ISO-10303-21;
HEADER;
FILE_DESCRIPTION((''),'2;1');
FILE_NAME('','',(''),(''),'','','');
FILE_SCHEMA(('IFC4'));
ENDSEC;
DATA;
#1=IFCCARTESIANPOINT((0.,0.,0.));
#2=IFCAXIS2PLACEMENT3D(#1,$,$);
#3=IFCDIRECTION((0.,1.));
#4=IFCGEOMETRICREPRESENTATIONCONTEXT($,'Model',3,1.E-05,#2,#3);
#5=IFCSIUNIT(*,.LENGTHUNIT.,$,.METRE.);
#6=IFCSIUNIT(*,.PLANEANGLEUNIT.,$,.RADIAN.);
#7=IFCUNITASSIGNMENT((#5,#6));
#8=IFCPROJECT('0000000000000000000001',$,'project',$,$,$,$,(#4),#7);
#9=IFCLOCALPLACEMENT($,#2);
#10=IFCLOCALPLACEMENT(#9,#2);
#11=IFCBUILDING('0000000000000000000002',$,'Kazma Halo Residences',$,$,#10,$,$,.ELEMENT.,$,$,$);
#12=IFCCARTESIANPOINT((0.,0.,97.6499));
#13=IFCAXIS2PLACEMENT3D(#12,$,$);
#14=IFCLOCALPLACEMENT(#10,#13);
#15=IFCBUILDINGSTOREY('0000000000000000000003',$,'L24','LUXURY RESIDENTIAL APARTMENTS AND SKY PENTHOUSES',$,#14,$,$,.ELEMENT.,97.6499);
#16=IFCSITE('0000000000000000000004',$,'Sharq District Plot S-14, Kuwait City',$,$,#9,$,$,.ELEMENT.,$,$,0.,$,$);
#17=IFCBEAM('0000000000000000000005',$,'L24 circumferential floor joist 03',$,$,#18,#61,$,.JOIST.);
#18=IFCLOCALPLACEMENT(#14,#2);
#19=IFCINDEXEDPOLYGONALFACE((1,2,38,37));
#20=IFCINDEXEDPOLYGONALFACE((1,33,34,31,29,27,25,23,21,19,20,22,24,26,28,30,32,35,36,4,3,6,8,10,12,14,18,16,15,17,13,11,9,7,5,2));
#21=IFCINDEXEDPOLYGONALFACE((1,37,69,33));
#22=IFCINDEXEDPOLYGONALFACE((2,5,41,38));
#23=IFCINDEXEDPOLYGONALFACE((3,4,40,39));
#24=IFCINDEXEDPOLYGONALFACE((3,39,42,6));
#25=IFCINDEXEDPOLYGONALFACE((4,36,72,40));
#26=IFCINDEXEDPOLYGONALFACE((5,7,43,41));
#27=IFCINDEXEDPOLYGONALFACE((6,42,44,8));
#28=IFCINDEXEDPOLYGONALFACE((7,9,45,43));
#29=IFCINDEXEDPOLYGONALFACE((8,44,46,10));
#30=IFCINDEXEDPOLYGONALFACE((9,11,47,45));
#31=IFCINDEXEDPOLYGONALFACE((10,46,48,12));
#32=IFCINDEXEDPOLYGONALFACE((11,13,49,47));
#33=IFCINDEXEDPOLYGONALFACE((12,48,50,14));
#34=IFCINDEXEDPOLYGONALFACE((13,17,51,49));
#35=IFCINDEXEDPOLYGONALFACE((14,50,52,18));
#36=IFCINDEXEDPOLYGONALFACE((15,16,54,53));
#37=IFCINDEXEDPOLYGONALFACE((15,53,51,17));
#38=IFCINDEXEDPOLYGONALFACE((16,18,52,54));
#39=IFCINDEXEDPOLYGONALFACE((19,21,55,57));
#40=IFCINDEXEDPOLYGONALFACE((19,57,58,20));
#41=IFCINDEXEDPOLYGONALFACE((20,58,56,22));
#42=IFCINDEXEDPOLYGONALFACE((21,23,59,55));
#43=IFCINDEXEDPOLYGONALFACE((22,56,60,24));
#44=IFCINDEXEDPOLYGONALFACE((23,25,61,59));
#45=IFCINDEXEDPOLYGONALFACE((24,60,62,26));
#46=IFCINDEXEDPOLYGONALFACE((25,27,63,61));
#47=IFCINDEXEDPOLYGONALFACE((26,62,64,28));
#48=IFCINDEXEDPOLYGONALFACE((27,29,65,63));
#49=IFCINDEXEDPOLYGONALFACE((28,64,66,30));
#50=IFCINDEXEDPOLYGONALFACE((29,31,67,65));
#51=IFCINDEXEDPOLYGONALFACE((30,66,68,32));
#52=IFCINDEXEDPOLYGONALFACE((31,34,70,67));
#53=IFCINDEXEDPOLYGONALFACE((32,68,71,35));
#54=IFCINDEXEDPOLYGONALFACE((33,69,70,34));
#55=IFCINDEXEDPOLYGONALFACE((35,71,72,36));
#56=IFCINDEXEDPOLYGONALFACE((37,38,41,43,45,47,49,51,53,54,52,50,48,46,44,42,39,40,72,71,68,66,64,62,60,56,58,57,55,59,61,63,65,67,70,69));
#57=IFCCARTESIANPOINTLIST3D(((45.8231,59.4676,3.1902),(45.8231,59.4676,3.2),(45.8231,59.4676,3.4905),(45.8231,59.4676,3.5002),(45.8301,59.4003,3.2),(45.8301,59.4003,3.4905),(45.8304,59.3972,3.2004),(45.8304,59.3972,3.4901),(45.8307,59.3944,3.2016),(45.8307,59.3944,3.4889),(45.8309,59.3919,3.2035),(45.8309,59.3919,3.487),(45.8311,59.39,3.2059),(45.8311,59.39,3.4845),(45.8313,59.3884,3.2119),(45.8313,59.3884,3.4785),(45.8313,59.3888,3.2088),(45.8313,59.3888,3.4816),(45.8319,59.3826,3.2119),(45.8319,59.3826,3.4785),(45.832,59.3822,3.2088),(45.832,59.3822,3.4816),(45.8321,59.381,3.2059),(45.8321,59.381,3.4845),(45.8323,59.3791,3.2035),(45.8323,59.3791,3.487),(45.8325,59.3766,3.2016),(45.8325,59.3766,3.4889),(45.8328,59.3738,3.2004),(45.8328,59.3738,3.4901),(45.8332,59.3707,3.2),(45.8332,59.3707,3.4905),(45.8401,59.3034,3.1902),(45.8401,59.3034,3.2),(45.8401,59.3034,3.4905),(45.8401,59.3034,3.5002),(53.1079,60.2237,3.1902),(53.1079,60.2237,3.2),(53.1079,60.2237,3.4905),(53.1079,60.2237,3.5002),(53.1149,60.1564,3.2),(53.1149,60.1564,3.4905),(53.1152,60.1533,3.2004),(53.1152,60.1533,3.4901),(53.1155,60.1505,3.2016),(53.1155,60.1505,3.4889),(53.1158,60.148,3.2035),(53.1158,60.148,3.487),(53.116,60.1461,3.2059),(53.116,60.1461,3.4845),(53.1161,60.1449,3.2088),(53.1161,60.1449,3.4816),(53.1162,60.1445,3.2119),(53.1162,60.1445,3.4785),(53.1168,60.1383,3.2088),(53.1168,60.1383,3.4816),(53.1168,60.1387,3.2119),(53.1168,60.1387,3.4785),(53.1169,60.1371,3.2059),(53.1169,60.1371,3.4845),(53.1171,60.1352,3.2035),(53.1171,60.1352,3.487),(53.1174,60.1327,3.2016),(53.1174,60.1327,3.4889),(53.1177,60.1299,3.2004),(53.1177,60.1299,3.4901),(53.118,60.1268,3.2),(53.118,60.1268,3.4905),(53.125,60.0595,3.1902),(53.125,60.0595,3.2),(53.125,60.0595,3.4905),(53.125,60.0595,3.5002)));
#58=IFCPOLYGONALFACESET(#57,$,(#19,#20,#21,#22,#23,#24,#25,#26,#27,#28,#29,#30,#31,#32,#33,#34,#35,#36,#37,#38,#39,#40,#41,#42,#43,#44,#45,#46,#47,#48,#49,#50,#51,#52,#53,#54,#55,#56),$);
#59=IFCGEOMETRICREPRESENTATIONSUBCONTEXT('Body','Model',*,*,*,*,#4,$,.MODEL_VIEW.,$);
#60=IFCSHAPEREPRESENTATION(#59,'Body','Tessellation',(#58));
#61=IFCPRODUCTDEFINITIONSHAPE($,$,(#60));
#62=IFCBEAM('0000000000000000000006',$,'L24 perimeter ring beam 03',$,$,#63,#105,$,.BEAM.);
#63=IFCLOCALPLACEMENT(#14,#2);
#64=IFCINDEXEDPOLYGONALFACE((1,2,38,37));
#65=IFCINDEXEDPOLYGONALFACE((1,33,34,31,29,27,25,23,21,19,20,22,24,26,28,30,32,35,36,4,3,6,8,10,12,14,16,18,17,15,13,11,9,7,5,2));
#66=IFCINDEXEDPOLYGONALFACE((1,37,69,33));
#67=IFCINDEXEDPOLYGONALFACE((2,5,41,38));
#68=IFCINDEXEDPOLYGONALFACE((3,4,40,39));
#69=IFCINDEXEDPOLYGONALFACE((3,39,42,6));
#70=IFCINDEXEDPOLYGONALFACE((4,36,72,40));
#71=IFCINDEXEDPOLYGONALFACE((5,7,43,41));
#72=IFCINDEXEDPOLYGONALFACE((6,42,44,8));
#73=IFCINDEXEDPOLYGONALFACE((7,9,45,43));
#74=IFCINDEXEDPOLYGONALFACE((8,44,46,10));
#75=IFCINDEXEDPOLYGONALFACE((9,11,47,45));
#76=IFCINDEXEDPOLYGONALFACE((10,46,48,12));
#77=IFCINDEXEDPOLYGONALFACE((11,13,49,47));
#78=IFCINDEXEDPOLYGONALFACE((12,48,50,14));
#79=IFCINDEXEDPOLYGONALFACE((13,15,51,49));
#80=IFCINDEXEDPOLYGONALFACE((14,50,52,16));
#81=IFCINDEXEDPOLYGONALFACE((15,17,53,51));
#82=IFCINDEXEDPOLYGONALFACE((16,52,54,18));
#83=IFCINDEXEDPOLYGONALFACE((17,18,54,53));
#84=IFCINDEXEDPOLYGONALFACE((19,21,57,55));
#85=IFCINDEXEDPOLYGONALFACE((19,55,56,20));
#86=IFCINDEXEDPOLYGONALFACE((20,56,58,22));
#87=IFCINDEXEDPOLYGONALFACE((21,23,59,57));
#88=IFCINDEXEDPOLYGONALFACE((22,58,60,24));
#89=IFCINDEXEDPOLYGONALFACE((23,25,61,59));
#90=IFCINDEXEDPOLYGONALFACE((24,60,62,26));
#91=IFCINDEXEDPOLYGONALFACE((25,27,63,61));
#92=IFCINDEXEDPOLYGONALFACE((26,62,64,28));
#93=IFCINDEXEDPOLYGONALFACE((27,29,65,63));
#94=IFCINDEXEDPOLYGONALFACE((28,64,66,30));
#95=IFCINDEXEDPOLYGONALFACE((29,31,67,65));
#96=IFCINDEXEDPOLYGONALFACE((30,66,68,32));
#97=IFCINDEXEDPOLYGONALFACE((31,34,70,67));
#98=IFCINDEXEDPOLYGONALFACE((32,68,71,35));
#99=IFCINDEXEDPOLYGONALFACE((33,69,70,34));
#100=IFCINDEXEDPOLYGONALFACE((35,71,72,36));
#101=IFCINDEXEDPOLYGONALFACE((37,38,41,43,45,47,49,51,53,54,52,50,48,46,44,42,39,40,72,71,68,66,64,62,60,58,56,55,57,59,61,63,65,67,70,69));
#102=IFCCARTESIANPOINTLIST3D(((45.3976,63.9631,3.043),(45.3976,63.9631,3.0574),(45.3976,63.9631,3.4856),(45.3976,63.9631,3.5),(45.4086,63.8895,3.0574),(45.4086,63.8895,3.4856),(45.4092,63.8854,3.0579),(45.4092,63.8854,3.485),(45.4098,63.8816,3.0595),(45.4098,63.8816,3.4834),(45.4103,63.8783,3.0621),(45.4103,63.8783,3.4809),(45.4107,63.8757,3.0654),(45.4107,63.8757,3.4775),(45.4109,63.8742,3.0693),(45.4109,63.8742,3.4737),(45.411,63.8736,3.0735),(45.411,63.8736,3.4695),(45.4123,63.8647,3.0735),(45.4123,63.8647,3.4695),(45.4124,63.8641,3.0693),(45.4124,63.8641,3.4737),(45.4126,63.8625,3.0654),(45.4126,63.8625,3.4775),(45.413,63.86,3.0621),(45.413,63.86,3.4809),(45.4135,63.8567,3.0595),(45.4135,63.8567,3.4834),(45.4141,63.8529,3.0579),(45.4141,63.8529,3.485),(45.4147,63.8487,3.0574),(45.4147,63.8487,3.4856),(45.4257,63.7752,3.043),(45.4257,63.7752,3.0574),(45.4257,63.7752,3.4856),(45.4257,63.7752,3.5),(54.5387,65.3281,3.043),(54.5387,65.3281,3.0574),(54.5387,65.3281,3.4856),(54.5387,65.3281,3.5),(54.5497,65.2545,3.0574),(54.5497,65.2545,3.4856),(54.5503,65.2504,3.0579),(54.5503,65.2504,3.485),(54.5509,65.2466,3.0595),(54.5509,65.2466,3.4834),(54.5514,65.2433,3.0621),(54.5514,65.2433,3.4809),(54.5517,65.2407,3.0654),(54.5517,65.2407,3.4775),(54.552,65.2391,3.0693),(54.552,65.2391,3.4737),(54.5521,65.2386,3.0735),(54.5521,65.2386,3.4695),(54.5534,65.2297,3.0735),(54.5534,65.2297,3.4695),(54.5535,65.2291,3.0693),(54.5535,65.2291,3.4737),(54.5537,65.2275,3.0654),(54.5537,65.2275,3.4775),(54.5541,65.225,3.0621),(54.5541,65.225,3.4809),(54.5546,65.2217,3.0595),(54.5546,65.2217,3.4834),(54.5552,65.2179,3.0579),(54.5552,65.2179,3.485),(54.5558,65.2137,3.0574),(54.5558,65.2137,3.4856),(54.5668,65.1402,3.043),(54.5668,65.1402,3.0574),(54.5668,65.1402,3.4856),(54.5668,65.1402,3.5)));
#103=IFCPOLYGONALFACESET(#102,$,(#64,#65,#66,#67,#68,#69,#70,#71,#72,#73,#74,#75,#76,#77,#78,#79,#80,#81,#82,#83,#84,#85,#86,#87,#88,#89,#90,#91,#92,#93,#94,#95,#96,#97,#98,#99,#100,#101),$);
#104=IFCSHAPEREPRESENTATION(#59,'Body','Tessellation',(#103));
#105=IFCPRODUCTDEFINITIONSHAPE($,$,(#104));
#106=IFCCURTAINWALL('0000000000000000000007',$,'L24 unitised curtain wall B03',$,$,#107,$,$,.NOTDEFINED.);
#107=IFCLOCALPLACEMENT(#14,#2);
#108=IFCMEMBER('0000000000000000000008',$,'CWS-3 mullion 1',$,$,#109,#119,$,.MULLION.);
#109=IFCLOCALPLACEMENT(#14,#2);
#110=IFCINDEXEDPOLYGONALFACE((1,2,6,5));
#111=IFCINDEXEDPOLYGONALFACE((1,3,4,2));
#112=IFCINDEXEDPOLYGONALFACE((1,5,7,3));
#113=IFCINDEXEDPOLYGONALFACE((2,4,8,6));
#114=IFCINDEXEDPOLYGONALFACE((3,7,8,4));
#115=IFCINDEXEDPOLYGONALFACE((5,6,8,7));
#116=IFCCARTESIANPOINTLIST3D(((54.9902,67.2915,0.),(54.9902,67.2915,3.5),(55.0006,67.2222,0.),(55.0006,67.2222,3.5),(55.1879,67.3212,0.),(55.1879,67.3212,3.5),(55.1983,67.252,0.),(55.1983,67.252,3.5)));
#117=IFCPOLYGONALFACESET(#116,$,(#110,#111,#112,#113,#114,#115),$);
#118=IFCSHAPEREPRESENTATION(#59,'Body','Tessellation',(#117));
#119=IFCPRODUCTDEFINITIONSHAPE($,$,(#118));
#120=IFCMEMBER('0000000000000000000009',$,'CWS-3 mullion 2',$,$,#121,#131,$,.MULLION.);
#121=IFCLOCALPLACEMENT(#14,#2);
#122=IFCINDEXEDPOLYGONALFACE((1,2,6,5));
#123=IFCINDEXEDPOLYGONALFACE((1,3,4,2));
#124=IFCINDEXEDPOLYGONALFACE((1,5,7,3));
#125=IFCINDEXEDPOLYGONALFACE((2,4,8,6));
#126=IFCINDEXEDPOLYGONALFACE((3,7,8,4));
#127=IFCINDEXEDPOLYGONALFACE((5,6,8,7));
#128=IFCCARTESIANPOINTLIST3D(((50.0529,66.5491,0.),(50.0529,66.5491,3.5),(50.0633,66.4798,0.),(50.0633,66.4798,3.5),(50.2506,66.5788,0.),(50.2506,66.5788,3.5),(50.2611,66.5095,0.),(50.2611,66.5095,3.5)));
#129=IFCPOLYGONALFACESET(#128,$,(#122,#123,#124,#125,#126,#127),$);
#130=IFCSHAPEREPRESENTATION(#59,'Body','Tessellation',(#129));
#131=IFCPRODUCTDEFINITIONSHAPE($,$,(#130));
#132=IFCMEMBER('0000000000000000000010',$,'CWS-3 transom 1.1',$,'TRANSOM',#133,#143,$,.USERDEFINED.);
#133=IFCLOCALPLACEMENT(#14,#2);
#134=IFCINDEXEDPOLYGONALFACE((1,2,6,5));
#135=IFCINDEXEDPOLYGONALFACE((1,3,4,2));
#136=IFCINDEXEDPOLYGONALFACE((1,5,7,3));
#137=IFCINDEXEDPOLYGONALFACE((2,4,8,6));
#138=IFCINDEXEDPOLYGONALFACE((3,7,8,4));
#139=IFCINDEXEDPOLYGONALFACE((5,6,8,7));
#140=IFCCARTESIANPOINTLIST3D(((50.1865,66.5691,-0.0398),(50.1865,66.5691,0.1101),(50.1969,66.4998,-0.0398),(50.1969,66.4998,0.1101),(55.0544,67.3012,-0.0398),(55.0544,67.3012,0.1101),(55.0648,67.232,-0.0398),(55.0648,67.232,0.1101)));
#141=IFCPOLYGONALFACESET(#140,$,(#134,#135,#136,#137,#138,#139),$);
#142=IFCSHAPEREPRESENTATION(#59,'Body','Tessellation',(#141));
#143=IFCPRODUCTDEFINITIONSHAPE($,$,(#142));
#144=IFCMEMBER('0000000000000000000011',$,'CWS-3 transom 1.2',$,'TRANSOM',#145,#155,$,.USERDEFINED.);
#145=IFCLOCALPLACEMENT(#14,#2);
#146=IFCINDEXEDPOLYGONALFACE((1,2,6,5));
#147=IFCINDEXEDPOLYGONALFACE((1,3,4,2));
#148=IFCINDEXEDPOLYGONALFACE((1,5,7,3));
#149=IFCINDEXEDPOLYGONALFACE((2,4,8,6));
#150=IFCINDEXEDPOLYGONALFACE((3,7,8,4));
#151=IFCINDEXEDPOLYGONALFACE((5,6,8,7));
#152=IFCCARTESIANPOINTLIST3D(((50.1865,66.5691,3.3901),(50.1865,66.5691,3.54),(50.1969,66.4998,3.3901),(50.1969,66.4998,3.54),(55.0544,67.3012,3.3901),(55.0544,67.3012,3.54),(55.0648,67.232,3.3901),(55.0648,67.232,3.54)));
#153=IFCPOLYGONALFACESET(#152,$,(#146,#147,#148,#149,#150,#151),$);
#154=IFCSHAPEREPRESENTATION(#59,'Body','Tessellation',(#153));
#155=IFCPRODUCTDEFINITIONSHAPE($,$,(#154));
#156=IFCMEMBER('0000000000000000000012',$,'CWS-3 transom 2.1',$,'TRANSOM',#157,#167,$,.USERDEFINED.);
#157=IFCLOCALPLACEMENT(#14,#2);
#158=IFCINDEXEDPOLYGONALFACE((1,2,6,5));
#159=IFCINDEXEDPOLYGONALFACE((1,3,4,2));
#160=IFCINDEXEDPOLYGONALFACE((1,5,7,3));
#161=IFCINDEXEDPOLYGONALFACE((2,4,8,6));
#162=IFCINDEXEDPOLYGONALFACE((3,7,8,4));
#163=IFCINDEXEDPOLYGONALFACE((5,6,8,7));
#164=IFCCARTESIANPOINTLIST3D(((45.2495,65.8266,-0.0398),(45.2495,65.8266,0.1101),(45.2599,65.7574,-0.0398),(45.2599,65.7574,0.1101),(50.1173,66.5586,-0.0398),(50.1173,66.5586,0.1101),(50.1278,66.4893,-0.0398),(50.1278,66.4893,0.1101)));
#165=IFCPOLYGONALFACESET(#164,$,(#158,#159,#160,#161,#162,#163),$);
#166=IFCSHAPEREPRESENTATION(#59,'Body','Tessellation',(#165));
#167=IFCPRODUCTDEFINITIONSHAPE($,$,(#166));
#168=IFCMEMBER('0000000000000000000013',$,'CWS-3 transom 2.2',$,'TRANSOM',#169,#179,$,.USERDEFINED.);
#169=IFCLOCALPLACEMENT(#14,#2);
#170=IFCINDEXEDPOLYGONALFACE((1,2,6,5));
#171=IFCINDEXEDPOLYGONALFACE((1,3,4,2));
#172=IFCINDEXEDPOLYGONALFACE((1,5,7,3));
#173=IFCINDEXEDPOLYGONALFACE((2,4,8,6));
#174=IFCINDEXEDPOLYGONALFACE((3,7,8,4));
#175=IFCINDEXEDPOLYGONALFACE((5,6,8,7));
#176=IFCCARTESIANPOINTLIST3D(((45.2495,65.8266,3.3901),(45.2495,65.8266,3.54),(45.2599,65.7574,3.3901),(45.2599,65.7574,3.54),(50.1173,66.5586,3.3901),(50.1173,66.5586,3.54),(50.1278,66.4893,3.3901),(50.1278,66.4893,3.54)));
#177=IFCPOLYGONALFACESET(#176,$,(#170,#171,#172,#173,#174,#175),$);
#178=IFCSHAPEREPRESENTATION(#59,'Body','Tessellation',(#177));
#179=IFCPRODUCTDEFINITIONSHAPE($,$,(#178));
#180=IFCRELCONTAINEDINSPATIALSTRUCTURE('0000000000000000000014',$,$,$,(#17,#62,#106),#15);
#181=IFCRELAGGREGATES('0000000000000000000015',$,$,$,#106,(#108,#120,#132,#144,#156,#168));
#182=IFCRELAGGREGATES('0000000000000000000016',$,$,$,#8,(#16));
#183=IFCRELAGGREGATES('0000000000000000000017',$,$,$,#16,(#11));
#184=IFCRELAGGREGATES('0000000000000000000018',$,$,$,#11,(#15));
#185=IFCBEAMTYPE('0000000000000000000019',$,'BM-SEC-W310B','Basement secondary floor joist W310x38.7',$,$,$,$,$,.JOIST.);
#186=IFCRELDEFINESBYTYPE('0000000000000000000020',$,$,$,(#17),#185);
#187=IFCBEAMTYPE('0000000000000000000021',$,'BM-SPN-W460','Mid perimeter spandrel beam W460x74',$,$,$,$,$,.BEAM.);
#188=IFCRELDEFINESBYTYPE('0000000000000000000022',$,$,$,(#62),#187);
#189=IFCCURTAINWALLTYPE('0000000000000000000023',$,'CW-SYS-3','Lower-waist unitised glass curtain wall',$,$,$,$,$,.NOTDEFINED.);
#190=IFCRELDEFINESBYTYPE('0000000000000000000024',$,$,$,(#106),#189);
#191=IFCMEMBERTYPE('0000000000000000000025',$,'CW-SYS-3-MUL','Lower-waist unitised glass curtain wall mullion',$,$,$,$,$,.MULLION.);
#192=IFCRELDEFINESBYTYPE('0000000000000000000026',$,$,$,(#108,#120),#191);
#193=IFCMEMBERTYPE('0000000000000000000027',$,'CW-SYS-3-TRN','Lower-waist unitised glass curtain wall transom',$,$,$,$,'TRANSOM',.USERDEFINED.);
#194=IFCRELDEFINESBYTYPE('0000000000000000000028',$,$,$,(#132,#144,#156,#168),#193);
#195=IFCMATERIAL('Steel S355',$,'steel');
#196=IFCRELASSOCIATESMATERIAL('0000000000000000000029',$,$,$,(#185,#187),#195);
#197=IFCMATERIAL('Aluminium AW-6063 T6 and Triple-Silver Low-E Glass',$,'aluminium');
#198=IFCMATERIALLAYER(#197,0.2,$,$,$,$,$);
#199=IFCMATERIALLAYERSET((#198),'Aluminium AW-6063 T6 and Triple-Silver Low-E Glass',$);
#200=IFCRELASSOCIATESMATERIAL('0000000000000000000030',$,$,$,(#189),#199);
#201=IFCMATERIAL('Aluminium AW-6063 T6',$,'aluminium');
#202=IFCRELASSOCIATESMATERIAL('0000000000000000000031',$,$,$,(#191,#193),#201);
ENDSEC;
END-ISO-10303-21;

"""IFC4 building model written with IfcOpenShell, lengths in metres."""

from ifc_helpers import new_model, si_unit, direction, frame, origin, origin_2d, place, context, subcontext, project, spatial, rectangle, i_section, extrude, material, layer, layer_set, material_profile, profile_set, type_object, element, aggregate, save


model = new_model("IFC4")

# Units and contexts
model_context = context("Model", 3, precision=1e-05, world=origin(), true_north=direction((0.0, 1.0)))
body_context = subcontext(model_context, "Body", "Model", "MODEL_VIEW")
ifc_project = project(units=[si_unit("LENGTHUNIT", "METRE"), si_unit("PLANEANGLEUNIT", "RADIAN")], contexts=[model_context])

# Site, building, storey
site_placement = place(None, origin())
site = spatial("IfcSite", under=ifc_project, at=site_placement, Name="Sharq District Plot S-14, Kuwait City", CompositionType="ELEMENT", RefElevation=0.0)
building_placement = place(site_placement, origin())
building = spatial("IfcBuilding", under=site, at=building_placement, Name="Kazma Halo Residences", CompositionType="ELEMENT")
storey_placement = place(building_placement, frame((0.0, 0.0, 97.6499)))
storey = spatial("IfcBuildingStorey", under=building, at=storey_placement, Name="L24", Description="LUXURY RESIDENTIAL APARTMENTS AND SKY PENTHOUSES", CompositionType="ELEMENT", Elevation=97.6499)

# Beams
ifc_material_1 = material(Name="Steel S355", Category="steel")
ifc_material_profile_1 = material_profile(ifc_material_1, i_section(OverallWidth=0.165, OverallDepth=0.3101, WebThickness=0.0059, FlangeThickness=0.0098, FilletRadius=0.012, at=origin_2d()), Name="W310x38.7")
ifc_profile_set_1 = profile_set([ifc_material_profile_1], Name="Steel S355")
beam_type_1 = type_object("IfcBeamType", Name="BM-SEC-W310B", Description="Basement secondary floor joist W310x38.7", PredefinedType="JOIST", material=ifc_profile_set_1)
beam_1_placement = place(storey_placement, frame((53.1165, 60.1416, 3.3452), z_axis=(-0.994657, -0.103236, 0.0), x_axis=(0.103236, -0.994657, 0.0)))
element("IfcBeam", 1, at=beam_1_placement, inside=storey, type_object=beam_type_1, Name="L24 circumferential floor joist 03", PredefinedType="JOIST", context=body_context, shape_type="SweptSolid", body=[
    extrude(i_section(OverallWidth=0.165, OverallDepth=0.3101, WebThickness=0.0059, FlangeThickness=0.0098, FilletRadius=0.012, at=origin_2d()), origin(), (0.0, 0.0, 1.0), 7.324),
])
ifc_material_profile_2 = material_profile(ifc_material_1, i_section(OverallWidth=0.1899, OverallDepth=0.457, WebThickness=0.009, FlangeThickness=0.0144, FilletRadius=0.0161, at=origin_2d()), Name="W460x74")
ifc_profile_set_2 = profile_set([ifc_material_profile_2], Name="Steel S355")
beam_type_2 = type_object("IfcBeamType", Name="BM-SPN-W460", Description="Mid perimeter spandrel beam W460x74", PredefinedType="BEAM", material=ifc_profile_set_2)
beam_2_placement = place(storey_placement, frame((54.5527, 65.2341, 3.2715), z_axis=(-0.989034, -0.147687, 0.0), x_axis=(0.147687, -0.989034, 0.0)))
element("IfcBeam", 2, at=beam_2_placement, inside=storey, type_object=beam_type_2, Name="L24 perimeter ring beam 03", PredefinedType="BEAM", context=body_context, shape_type="SweptSolid", body=[
    extrude(i_section(OverallWidth=0.1899, OverallDepth=0.457, WebThickness=0.009, FlangeThickness=0.0144, FilletRadius=0.0161, at=origin_2d()), origin(), (0.0, 0.0, 1.0), 9.2424),
])

# Curtain wall, members
ifc_material_2 = material(Name="Aluminium AW-6063 T6 and Triple-Silver Low-E Glass", Category="aluminium")
ifc_layer_1 = layer(ifc_material_2, 0.2)
ifc_layer_set_1 = layer_set([ifc_layer_1], Name="Aluminium AW-6063 T6 and Triple-Silver Low-E Glass")
curtain_wall_type = type_object("IfcCurtainWallType", Name="CW-SYS-3", Description="Lower-waist unitised glass curtain wall", PredefinedType="NOTDEFINED", material=ifc_layer_set_1)
curtain_wall_placement = place(storey_placement, origin())
curtain_wall = element("IfcCurtainWall", 3, at=curtain_wall_placement, inside=storey, type_object=curtain_wall_type, Name="L24 unitised curtain wall B03", PredefinedType="NOTDEFINED")
ifc_material_3 = material(Name="Aluminium AW-6063 T6", Category="aluminium")
ifc_material_profile_3 = material_profile(ifc_material_3, rectangle(XDim=0.0701, YDim=0.2, at=origin_2d()), Name="CWM-70x200")
ifc_profile_set_3 = profile_set([ifc_material_profile_3], Name="Aluminium AW-6063 T6")
member_type_1 = type_object("IfcMemberType", Name="CW-SYS-3-MUL", Description="Lower-waist unitised glass curtain wall mullion", PredefinedType="MULLION", material=ifc_profile_set_3)
member_1_placement = place(storey_placement, frame((55.0942, 67.2717, 0.0), z_axis=(0.0, 0.0, 1.0), x_axis=(0.148717, -0.98888, 0.0)))
member_1 = element("IfcMember", 4, at=member_1_placement, type_object=member_type_1, Name="CWS-3 mullion 1", PredefinedType="MULLION", context=body_context, shape_type="SweptSolid", body=[
    extrude(rectangle(XDim=0.0701, YDim=0.2, at=origin_2d()), origin(), (0.0, 0.0, 1.0), 3.5),
])
member_2_placement = place(storey_placement, frame((50.157, 66.5293, 0.0), z_axis=(0.0, 0.0, 1.0), x_axis=(0.148717, -0.98888, 0.0)))
member_2 = element("IfcMember", 5, at=member_2_placement, type_object=member_type_1, Name="CWS-3 mullion 2", PredefinedType="MULLION", context=body_context, shape_type="SweptSolid", body=[
    extrude(rectangle(XDim=0.0701, YDim=0.2, at=origin_2d()), origin(), (0.0, 0.0, 1.0), 3.5),
])
ifc_material_profile_4 = material_profile(ifc_material_3, rectangle(XDim=0.0701, YDim=0.1499, at=origin_2d()), Name="CWT-70x150")
ifc_profile_set_4 = profile_set([ifc_material_profile_4], Name="Aluminium AW-6063 T6")
member_type_2 = type_object("IfcMemberType", Name="CW-SYS-3-TRN", Description="Lower-waist unitised glass curtain wall transom", ElementType="TRANSOM", PredefinedType="USERDEFINED", material=ifc_profile_set_4)
member_3_placement = place(storey_placement, frame((55.0596, 67.2666, 0.0352), z_axis=(-0.988877, -0.148736, 0.0), x_axis=(0.148736, -0.988877, 0.0)))
member_3 = element("IfcMember", 6, at=member_3_placement, type_object=member_type_2, Name="CWS-3 transom 1.1", ObjectType="TRANSOM", PredefinedType="USERDEFINED", context=body_context, shape_type="SweptSolid", body=[
    extrude(rectangle(XDim=0.0701, YDim=0.1499, at=origin_2d()), origin(), (0.0, 0.0, 1.0), 4.9226),
])
member_4_placement = place(storey_placement, frame((55.0596, 67.2666, 3.4651), z_axis=(-0.988877, -0.148736, 0.0), x_axis=(0.148736, -0.988877, 0.0)))
member_4 = element("IfcMember", 7, at=member_4_placement, type_object=member_type_2, Name="CWS-3 transom 1.2", ObjectType="TRANSOM", PredefinedType="USERDEFINED", context=body_context, shape_type="SweptSolid", body=[
    extrude(rectangle(XDim=0.0701, YDim=0.1499, at=origin_2d()), origin(), (0.0, 0.0, 1.0), 4.9226),
])
member_5_placement = place(storey_placement, frame((50.1226, 66.5239, 0.0352), z_axis=(-0.988884, -0.148687, 0.0), x_axis=(0.148687, -0.988884, 0.0)))
member_5 = element("IfcMember", 8, at=member_5_placement, type_object=member_type_2, Name="CWS-3 transom 2.1", ObjectType="TRANSOM", PredefinedType="USERDEFINED", context=body_context, shape_type="SweptSolid", body=[
    extrude(rectangle(XDim=0.0701, YDim=0.1499, at=origin_2d()), origin(), (0.0, 0.0, 1.0), 4.9226),
])
member_6_placement = place(storey_placement, frame((50.1226, 66.5239, 3.4651), z_axis=(-0.988884, -0.148687, 0.0), x_axis=(0.148687, -0.988884, 0.0)))
member_6 = element("IfcMember", 9, at=member_6_placement, type_object=member_type_2, Name="CWS-3 transom 2.2", ObjectType="TRANSOM", PredefinedType="USERDEFINED", context=body_context, shape_type="SweptSolid", body=[
    extrude(rectangle(XDim=0.0701, YDim=0.1499, at=origin_2d()), origin(), (0.0, 0.0, 1.0), 4.9226),
])
aggregate(curtain_wall, [member_1, member_2, member_3, member_4, member_5, member_6])

save(model, "model.ifc")
